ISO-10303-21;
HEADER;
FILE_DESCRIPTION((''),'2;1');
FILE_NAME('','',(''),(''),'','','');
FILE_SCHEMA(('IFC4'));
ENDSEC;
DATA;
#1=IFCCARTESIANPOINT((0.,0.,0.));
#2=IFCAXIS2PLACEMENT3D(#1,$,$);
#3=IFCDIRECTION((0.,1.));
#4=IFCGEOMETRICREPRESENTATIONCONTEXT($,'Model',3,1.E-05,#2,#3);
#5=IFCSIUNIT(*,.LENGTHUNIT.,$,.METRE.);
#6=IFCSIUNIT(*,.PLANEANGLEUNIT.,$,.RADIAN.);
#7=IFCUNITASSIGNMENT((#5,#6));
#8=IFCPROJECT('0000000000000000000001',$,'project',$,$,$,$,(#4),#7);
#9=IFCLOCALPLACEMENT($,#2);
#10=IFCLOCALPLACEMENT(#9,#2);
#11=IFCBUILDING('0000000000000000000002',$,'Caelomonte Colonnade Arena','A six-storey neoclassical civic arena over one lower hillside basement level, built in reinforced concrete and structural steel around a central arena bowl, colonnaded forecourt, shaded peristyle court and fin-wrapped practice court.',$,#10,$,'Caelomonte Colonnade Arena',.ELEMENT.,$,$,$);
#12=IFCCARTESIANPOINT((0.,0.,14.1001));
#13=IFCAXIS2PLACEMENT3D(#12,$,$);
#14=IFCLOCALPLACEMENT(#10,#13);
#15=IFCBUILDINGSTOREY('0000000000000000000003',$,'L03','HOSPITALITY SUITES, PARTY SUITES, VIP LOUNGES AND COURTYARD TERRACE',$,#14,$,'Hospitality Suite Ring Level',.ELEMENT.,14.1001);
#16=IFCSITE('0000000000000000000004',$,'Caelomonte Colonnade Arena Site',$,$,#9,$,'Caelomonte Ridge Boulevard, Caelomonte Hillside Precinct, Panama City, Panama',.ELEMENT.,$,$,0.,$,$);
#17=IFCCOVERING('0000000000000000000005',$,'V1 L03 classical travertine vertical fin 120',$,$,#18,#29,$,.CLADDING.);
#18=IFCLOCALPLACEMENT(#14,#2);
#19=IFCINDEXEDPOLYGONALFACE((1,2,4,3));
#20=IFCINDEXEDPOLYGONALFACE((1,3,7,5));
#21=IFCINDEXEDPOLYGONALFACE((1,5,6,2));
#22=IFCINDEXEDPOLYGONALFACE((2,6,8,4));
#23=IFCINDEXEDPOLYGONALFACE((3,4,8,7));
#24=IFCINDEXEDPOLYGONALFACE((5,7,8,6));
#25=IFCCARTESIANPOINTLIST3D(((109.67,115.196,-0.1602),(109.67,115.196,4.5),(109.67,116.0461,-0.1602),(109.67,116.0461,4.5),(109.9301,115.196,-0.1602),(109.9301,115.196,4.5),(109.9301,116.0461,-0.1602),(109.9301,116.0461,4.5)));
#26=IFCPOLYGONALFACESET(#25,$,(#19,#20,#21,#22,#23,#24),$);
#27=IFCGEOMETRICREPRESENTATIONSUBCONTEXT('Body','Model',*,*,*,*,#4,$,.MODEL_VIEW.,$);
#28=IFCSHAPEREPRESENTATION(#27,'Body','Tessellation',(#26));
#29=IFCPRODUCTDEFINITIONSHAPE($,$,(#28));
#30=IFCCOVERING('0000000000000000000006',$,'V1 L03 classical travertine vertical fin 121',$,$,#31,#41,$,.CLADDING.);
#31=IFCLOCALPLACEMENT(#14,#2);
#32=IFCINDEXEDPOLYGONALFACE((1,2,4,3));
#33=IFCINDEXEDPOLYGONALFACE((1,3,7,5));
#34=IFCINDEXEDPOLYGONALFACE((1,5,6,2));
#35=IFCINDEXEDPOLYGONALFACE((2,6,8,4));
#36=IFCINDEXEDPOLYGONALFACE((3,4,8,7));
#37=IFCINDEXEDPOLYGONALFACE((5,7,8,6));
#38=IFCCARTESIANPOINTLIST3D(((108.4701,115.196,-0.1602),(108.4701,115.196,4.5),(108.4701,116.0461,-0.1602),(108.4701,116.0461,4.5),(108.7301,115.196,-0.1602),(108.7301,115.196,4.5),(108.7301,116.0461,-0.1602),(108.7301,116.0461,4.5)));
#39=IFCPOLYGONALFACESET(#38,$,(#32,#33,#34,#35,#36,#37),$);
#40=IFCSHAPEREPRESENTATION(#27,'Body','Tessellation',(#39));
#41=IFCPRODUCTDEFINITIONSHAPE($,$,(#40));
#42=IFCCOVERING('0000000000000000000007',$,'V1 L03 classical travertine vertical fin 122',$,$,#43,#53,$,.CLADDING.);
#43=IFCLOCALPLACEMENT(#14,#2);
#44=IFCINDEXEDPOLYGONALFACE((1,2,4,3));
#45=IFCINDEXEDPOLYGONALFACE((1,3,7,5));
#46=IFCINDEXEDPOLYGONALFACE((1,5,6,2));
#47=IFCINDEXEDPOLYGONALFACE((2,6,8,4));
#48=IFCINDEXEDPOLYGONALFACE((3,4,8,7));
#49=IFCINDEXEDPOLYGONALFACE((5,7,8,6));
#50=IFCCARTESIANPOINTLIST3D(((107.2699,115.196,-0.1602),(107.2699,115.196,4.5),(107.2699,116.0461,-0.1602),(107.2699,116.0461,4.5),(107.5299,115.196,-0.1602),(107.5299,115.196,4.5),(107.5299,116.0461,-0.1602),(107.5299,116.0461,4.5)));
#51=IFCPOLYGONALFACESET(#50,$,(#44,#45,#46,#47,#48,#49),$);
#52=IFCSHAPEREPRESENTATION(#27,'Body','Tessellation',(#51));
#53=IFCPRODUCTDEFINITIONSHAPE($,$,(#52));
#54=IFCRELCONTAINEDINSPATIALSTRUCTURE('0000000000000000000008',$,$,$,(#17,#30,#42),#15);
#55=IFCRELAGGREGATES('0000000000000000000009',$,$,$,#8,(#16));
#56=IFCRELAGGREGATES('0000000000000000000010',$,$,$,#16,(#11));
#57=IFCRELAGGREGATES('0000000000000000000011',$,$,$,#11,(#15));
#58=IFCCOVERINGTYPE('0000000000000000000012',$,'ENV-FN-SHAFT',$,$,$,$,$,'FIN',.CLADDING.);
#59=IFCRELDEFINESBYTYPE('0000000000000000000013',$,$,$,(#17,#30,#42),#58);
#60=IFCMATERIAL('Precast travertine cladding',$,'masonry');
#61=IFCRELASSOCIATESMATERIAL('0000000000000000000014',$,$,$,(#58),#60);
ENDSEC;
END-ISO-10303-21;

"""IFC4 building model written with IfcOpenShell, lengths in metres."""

from ifc_helpers import new_model, si_unit, direction, frame, origin, origin_2d, place, context, subcontext, project, spatial, rectangle, extrude, material, material_profile, profile_set, type_object, element, save


model = new_model("IFC4")

# Units and contexts
model_context = context("Model", 3, precision=1e-05, world=origin(), true_north=direction((0.0, 1.0)))
body_context = subcontext(model_context, "Body", "Model", "MODEL_VIEW")
ifc_project = project(units=[si_unit("LENGTHUNIT", "METRE"), si_unit("PLANEANGLEUNIT", "RADIAN")], contexts=[model_context])

# Site, building, storey
site_placement = place(None, origin())
site = spatial("IfcSite", under=ifc_project, at=site_placement, Name="Caelomonte Colonnade Arena Site", LongName="Caelomonte Ridge Boulevard, Caelomonte Hillside Precinct, Panama City, Panama", CompositionType="ELEMENT", RefElevation=0.0)
building_placement = place(site_placement, origin())
building = spatial("IfcBuilding", under=site, at=building_placement, Name="Caelomonte Colonnade Arena", Description="A six-storey neoclassical civic arena over one lower hillside basement level, built in reinforced concrete and structural steel around a central arena bowl, colonnaded forecourt, shaded peristyle court and fin-wrapped practice court.", LongName="Caelomonte Colonnade Arena", CompositionType="ELEMENT")
storey_placement = place(building_placement, frame((0.0, 0.0, 14.1001)))
storey = spatial("IfcBuildingStorey", under=building, at=storey_placement, Name="L03", Description="HOSPITALITY SUITES, PARTY SUITES, VIP LOUNGES AND COURTYARD TERRACE", LongName="Hospitality Suite Ring Level", CompositionType="ELEMENT", Elevation=14.1001)

# Coverings
ifc_material_1 = material(Name="Precast travertine cladding", Category="masonry")
ifc_material_profile_1 = material_profile(ifc_material_1, rectangle(XDim=0.26, YDim=0.8501, at=origin_2d()), Name="FIN260X850")
ifc_profile_set_1 = profile_set([ifc_material_profile_1], Name="Precast travertine cladding")
covering_type = type_object("IfcCoveringType", Name="ENV-FN-SHAFT", ElementType="FIN", PredefinedType="CLADDING", material=ifc_profile_set_1)
for number, where, z_axis, x_axis, name in (
    (1, (109.8, 115.6211, -0.1602), (0.0, 0.0, 1.0), (1.0, 0.0, 0.0), "V1 L03 classical travertine vertical fin 120"),
    (2, (108.6001, 115.6211, -0.1602), (0.0, 0.0, 1.0), (1.0, 0.0, 0.0), "V1 L03 classical travertine vertical fin 121"),
    (3, (107.3999, 115.6211, -0.1602), (0.0, 0.0, 1.0), (1.0, 0.0, 0.0), "V1 L03 classical travertine vertical fin 122"),
):
    element("IfcCovering", number, at=place(storey_placement, frame(where, z_axis=z_axis, x_axis=x_axis)), inside=storey, type_object=covering_type, Name=name, PredefinedType="CLADDING", context=body_context, shape_type="SweptSolid", body=[
        extrude(rectangle(XDim=0.26, YDim=0.8501, at=origin_2d()), origin(), (0.0, 0.0, 1.0), 4.6602),
    ])

save(model, "model.ifc")
